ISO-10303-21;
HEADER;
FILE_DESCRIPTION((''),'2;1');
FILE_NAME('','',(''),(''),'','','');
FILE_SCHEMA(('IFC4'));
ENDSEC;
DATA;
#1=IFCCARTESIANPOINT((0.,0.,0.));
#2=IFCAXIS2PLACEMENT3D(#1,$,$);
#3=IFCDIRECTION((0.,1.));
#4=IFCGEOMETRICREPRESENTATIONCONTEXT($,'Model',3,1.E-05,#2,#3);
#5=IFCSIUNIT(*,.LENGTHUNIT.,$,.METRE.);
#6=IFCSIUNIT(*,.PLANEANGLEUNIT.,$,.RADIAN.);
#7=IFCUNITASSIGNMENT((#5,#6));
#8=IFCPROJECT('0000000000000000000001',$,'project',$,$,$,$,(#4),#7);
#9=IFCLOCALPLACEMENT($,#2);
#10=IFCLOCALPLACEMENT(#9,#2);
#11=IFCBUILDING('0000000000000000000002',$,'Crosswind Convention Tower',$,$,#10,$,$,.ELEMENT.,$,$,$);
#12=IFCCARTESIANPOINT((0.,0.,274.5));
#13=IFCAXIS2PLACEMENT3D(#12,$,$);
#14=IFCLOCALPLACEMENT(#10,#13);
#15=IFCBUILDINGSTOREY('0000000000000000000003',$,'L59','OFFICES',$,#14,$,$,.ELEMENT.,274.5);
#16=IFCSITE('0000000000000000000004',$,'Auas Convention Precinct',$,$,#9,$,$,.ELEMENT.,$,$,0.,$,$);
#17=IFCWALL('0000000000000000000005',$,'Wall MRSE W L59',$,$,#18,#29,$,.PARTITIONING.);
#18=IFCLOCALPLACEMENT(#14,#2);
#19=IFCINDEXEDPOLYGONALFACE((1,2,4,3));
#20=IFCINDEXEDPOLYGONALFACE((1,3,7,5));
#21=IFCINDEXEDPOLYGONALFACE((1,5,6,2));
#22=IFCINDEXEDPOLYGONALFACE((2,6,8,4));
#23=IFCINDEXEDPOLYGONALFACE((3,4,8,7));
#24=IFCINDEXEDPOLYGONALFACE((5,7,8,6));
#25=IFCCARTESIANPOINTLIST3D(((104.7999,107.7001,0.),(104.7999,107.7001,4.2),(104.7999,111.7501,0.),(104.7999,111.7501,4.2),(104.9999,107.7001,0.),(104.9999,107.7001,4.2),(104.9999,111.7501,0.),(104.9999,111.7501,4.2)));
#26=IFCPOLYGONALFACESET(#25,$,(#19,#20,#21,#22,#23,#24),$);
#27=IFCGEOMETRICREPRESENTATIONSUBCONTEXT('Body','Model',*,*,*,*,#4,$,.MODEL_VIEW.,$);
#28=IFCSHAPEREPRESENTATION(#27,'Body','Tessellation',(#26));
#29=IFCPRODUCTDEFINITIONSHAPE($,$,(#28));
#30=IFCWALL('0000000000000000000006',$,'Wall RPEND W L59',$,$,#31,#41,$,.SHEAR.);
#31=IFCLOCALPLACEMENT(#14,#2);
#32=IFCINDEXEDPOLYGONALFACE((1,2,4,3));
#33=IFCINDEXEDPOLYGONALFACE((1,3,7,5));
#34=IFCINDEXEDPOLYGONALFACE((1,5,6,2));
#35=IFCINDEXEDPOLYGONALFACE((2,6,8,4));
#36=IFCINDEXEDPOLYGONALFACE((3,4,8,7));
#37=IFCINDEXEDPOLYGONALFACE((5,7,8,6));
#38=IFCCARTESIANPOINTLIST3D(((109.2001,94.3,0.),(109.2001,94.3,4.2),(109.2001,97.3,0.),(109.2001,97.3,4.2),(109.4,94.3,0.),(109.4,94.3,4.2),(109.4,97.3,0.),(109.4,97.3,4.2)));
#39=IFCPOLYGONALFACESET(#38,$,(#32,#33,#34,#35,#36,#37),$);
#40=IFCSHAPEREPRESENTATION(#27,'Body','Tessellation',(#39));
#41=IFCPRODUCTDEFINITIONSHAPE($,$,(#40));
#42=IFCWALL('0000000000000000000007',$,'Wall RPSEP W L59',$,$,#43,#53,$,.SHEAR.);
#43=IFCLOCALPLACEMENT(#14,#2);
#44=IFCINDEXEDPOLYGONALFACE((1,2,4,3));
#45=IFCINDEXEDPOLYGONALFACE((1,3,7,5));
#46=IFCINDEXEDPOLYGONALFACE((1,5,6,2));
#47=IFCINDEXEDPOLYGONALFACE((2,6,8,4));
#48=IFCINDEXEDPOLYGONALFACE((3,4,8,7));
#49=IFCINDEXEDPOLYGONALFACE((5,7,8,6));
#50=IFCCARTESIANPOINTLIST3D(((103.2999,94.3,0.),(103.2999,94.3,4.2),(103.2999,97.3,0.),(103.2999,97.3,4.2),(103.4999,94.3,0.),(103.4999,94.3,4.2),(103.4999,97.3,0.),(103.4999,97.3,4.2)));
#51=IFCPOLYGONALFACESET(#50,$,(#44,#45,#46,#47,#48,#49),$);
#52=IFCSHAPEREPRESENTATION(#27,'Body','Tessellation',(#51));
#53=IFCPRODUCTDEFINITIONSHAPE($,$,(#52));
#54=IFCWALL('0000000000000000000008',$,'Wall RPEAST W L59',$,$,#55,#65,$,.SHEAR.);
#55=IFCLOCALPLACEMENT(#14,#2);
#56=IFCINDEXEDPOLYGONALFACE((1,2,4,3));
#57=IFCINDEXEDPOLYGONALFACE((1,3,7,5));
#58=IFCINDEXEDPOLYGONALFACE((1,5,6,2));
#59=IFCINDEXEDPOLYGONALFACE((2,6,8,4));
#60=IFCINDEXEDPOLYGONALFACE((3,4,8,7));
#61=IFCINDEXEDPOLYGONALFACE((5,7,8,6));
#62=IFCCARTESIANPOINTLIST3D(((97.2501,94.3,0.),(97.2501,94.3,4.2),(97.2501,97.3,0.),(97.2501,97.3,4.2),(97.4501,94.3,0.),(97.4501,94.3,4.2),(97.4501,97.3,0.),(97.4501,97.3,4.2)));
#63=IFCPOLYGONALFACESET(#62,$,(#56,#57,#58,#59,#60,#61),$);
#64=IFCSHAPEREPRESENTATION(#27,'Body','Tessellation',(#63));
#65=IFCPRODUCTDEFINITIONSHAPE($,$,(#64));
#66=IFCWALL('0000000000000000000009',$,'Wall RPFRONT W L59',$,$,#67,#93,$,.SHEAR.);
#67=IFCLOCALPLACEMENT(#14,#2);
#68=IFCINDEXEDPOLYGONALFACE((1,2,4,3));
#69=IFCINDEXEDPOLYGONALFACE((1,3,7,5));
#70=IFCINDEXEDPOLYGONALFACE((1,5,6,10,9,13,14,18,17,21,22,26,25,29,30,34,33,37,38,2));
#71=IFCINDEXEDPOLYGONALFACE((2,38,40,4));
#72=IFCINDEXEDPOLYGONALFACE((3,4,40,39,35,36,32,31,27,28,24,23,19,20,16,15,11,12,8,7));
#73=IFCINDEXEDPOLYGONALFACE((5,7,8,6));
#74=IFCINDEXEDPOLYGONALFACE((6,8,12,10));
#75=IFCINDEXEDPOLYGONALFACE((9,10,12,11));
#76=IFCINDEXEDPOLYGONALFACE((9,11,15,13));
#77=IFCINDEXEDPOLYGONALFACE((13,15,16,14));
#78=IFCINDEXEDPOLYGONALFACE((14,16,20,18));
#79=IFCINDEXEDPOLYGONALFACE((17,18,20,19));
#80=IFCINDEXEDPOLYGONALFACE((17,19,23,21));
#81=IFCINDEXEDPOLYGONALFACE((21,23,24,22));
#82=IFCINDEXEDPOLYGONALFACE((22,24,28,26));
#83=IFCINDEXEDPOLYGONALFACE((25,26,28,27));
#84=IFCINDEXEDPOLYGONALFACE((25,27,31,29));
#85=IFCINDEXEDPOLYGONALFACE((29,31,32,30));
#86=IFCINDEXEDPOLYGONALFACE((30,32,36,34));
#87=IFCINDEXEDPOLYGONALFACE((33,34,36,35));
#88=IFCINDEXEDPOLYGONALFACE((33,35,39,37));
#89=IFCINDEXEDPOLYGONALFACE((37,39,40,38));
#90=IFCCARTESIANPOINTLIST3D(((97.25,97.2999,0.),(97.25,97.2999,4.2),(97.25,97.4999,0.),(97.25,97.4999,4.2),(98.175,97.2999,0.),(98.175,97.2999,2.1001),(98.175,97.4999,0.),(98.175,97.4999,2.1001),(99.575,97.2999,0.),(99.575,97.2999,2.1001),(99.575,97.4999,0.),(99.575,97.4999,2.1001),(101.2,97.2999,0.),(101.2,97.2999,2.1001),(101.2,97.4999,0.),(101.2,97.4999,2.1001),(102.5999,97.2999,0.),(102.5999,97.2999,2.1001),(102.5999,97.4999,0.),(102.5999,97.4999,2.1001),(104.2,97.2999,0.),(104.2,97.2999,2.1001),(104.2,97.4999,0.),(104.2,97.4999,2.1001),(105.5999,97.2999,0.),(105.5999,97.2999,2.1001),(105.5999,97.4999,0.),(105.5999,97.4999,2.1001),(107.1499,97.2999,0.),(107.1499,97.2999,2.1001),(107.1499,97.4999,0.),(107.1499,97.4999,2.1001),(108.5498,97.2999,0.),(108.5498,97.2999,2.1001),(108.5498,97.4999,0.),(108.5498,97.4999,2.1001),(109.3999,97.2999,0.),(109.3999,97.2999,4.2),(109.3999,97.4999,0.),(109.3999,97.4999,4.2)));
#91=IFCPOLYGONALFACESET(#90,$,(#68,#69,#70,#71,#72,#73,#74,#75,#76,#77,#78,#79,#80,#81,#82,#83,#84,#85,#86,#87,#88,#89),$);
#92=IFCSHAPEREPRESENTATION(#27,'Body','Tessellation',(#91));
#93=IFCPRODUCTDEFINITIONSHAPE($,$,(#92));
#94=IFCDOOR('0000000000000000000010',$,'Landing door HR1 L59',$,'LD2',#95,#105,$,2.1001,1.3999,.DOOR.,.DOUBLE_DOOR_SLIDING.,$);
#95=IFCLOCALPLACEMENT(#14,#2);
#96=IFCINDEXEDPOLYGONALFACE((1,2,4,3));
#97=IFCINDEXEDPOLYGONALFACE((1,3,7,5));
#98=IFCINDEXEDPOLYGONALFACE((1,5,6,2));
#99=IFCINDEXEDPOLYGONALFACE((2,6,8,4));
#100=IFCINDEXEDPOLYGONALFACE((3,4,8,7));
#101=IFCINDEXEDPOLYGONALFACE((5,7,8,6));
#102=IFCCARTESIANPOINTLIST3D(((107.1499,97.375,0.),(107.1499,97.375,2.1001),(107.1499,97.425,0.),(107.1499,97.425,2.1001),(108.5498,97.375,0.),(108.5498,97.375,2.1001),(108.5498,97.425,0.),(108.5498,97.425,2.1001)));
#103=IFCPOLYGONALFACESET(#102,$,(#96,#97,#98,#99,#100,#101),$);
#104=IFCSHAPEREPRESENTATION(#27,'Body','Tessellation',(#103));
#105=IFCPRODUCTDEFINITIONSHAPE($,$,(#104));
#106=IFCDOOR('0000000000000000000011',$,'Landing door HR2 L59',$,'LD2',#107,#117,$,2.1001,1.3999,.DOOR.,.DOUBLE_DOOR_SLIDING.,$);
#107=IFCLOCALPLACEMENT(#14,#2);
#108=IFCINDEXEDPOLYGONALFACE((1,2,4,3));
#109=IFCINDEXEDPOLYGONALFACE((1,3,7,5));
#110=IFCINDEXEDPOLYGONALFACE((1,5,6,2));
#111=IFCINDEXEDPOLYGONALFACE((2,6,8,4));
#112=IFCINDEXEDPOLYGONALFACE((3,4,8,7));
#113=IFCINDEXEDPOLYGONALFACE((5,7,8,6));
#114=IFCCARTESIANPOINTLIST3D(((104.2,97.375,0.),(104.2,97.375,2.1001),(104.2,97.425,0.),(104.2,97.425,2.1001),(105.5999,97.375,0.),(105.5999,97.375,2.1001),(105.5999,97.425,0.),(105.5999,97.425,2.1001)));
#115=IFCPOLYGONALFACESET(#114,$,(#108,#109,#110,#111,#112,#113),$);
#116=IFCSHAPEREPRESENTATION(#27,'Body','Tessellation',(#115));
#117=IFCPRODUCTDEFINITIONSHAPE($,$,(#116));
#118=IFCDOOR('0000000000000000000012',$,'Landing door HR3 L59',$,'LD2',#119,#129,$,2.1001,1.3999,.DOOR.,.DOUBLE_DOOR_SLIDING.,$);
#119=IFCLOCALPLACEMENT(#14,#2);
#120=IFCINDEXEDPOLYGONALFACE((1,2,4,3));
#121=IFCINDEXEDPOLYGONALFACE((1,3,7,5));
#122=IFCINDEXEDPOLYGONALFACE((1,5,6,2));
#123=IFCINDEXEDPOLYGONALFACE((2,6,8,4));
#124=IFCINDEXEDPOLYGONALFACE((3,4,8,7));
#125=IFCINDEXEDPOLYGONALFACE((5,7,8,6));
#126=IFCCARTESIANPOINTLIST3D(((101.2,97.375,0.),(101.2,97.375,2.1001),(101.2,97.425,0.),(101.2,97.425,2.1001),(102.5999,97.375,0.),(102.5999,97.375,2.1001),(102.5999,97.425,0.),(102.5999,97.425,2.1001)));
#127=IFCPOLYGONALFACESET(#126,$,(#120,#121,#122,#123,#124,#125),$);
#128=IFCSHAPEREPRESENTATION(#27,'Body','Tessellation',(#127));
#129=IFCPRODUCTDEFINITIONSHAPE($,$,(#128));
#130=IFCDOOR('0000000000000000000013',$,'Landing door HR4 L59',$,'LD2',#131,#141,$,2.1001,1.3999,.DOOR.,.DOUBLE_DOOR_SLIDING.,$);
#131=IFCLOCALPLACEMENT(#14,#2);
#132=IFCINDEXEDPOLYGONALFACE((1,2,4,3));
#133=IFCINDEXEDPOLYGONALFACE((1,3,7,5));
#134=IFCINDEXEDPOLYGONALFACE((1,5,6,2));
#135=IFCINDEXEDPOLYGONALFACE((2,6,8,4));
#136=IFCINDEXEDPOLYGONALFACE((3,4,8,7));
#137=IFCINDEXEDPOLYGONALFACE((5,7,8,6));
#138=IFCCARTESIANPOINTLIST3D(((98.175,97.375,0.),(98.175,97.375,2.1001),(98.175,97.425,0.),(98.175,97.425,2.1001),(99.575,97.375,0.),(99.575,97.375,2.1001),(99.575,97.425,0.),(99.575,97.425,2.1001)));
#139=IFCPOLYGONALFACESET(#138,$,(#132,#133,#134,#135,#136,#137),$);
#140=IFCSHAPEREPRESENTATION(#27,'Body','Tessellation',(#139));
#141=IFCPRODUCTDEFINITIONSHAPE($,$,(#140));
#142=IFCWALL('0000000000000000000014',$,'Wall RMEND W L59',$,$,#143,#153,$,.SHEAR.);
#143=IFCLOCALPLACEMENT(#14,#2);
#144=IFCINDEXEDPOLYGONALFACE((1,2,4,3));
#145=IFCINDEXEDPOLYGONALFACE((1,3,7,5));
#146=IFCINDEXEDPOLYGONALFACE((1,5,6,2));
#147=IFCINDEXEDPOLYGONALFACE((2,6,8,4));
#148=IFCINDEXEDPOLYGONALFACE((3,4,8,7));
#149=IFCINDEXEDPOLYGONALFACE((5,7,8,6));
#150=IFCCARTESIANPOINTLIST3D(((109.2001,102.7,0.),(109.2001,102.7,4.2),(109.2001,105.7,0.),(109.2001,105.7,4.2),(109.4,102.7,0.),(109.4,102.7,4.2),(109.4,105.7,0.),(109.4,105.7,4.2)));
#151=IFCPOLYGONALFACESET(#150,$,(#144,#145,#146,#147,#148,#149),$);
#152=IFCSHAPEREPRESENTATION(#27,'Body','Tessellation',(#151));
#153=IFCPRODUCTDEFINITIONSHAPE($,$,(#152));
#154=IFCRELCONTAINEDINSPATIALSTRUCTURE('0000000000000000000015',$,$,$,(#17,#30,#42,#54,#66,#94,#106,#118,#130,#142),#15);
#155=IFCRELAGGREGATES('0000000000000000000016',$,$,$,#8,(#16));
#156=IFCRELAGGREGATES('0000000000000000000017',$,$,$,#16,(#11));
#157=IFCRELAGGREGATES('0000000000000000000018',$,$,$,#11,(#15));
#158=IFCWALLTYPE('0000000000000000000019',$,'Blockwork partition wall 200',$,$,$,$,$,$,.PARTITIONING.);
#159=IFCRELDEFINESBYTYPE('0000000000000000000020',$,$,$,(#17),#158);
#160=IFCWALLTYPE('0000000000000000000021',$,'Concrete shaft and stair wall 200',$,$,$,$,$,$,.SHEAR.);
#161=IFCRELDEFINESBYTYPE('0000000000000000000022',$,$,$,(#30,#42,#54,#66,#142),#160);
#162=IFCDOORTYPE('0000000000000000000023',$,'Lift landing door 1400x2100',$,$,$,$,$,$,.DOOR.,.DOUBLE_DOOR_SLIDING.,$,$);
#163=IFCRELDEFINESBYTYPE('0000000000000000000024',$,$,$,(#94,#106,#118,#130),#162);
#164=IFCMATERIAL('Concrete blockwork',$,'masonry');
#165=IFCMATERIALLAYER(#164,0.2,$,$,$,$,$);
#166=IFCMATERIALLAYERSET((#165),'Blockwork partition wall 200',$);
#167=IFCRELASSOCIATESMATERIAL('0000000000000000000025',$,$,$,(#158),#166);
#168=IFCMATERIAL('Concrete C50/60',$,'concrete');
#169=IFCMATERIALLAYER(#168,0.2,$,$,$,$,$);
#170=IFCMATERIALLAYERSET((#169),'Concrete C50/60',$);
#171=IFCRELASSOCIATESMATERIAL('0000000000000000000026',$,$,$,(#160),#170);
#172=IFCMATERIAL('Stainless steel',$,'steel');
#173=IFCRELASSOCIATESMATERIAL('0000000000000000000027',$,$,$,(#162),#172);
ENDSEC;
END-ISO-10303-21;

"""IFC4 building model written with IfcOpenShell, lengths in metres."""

from ifc_helpers import new_model, si_unit, direction, frame, frame_2d, origin, place, context, subcontext, project, spatial, rectangle, extrude, material, layer, layer_set, type_object, element, fill, save


model = new_model("IFC4")

# Units and contexts
model_context = context("Model", 3, precision=1e-05, world=origin(), true_north=direction((0.0, 1.0)))
body_context = subcontext(model_context, "Body", "Model", "MODEL_VIEW")
ifc_project = project(units=[si_unit("LENGTHUNIT", "METRE"), si_unit("PLANEANGLEUNIT", "RADIAN")], contexts=[model_context])

# Site, building, storey
site_placement = place(None, origin())
site = spatial("IfcSite", under=ifc_project, at=site_placement, Name="Auas Convention Precinct", CompositionType="ELEMENT", RefElevation=0.0)
building_placement = place(site_placement, origin())
building = spatial("IfcBuilding", under=site, at=building_placement, Name="Crosswind Convention Tower", CompositionType="ELEMENT")
storey_placement = place(building_placement, frame((0.0, 0.0, 274.5)))
storey = spatial("IfcBuildingStorey", under=building, at=storey_placement, Name="L59", Description="OFFICES", CompositionType="ELEMENT", Elevation=274.5)

# Walls
ifc_material_1 = material(Name="Concrete blockwork", Category="masonry")
ifc_layer_1 = layer(ifc_material_1, 0.2)
ifc_layer_set_1 = layer_set([ifc_layer_1], Name="Blockwork partition wall 200")
wall_type_1 = type_object("IfcWallType", Name="Blockwork partition wall 200", PredefinedType="PARTITIONING", material=ifc_layer_set_1)
wall_1_placement = place(storey_placement, frame((104.8999, 111.75, 0.0), z_axis=(0.0, 0.0, 1.0), x_axis=(0.0, -1.0, 0.0)))
element("IfcWall", 1, at=wall_1_placement, inside=storey, type_object=wall_type_1, Name="Wall MRSE W L59", PredefinedType="PARTITIONING", context=body_context, shape_type="SweptSolid", body=[
    extrude(rectangle(XDim=4.05, YDim=0.2, at=frame_2d((2.0249, 0.0))), origin(), (0.0, 0.0, 1.0), 4.2),
])
ifc_material_2 = material(Name="Concrete C50/60", Category="concrete")
ifc_layer_2 = layer(ifc_material_2, 0.2)
ifc_layer_set_2 = layer_set([ifc_layer_2], Name="Concrete C50/60")
wall_type_2 = type_object("IfcWallType", Name="Concrete shaft and stair wall 200", PredefinedType="SHEAR", material=ifc_layer_set_2)
for number, where, z_axis, x_axis, name in (
    (2, (109.3, 97.3, 0.0), (0.0, 0.0, 1.0), (0.0, -1.0, 0.0), "Wall RPEND W L59"),
    (3, (103.3999, 97.3, 0.0), (0.0, 0.0, 1.0), (0.0, -1.0, 0.0), "Wall RPSEP W L59"),
    (4, (97.3501, 97.3, 0.0), (0.0, 0.0, 1.0), (0.0, -1.0, 0.0), "Wall RPEAST W L59"),
):
    element("IfcWall", number, at=place(storey_placement, frame(where, z_axis=z_axis, x_axis=x_axis)), inside=storey, type_object=wall_type_2, Name=name, PredefinedType="SHEAR", context=body_context, shape_type="SweptSolid", body=[
        extrude(rectangle(XDim=3.0, YDim=0.2, at=frame_2d((1.5, 0.0))), origin(), (0.0, 0.0, 1.0), 4.2),
    ])

# Wall, openings, doors
wall_2_placement = place(storey_placement, frame((109.3999, 97.3999, 0.0), z_axis=(0.0, 0.0, 1.0), x_axis=(-1.0, 0.0, 0.0)))
wall_2 = element("IfcWall", 5, at=wall_2_placement, inside=storey, type_object=wall_type_2, Name="Wall RPFRONT W L59", PredefinedType="SHEAR", context=body_context, shape_type="SweptSolid", body=[
    extrude(rectangle(XDim=12.1499, YDim=0.2, at=frame_2d((6.075, 0.0))), origin(), (0.0, 0.0, 1.0), 4.2),
])
opening_1_placement = place(wall_2_placement, frame((0.8501, 0.0, 0.0)))
opening_1 = element("IfcOpeningElement", 6, at=opening_1_placement, cuts=wall_2, PredefinedType="OPENING", context=body_context, shape_type="SweptSolid", body=[
    extrude(rectangle(XDim=1.3999, YDim=2.1001, at=frame_2d((0.7, 1.05))), frame((0.0, 0.1099, 0.0), z_axis=(0.0, -1.0, 0.0), x_axis=(1.0, 0.0, 0.0)), (0.0, 0.0, 1.0), 0.22),
])
opening_2_placement = place(wall_2_placement, frame((3.8, 0.0, 0.0)))
opening_2 = element("IfcOpeningElement", 7, at=opening_2_placement, cuts=wall_2, PredefinedType="OPENING", context=body_context, shape_type="SweptSolid", body=[
    extrude(rectangle(XDim=1.3999, YDim=2.1001, at=frame_2d((0.7, 1.05))), frame((0.0, 0.1099, 0.0), z_axis=(0.0, -1.0, 0.0), x_axis=(1.0, 0.0, 0.0)), (0.0, 0.0, 1.0), 0.22),
])
opening_3_placement = place(wall_2_placement, frame((6.8, 0.0, 0.0)))
opening_3 = element("IfcOpeningElement", 8, at=opening_3_placement, cuts=wall_2, PredefinedType="OPENING", context=body_context, shape_type="SweptSolid", body=[
    extrude(rectangle(XDim=1.3999, YDim=2.1001, at=frame_2d((0.7, 1.05))), frame((0.0, 0.1099, 0.0), z_axis=(0.0, -1.0, 0.0), x_axis=(1.0, 0.0, 0.0)), (0.0, 0.0, 1.0), 0.22),
])
opening_4_placement = place(wall_2_placement, frame((9.825, 0.0, 0.0)))
opening_4 = element("IfcOpeningElement", 9, at=opening_4_placement, cuts=wall_2, PredefinedType="OPENING", context=body_context, shape_type="SweptSolid", body=[
    extrude(rectangle(XDim=1.3999, YDim=2.1001, at=frame_2d((0.7, 1.05))), frame((0.0, 0.1099, 0.0), z_axis=(0.0, -1.0, 0.0), x_axis=(1.0, 0.0, 0.0)), (0.0, 0.0, 1.0), 0.22),
])
ifc_material_3 = material(Name="Stainless steel", Category="steel")
door_type_1 = type_object("IfcDoorType", Name="Lift landing door 1400x2100", OperationType="DOUBLE_DOOR_SLIDING", PredefinedType="DOOR", material=ifc_material_3)
door_1_placement = place(opening_1_placement, origin())
door_1 = element("IfcDoor", 10, at=door_1_placement, inside=storey, type_object=door_type_1, Name="Landing door HR1 L59", ObjectType="LD2", OperationType="DOUBLE_DOOR_SLIDING", OverallHeight=2.1001, OverallWidth=1.3999, PredefinedType="DOOR", context=body_context, shape_type="SweptSolid", body=[
    extrude(rectangle(XDim=1.3999, YDim=2.1001, at=frame_2d((0.7, 1.05))), frame((0.0, 0.0249, 0.0), z_axis=(0.0, -1.0, 0.0), x_axis=(1.0, 0.0, 0.0)), (0.0, 0.0, 1.0), 0.05),
])
fill(opening_1, door_1)
door_2_placement = place(opening_2_placement, origin())
door_2 = element("IfcDoor", 11, at=door_2_placement, inside=storey, type_object=door_type_1, Name="Landing door HR2 L59", ObjectType="LD2", OperationType="DOUBLE_DOOR_SLIDING", OverallHeight=2.1001, OverallWidth=1.3999, PredefinedType="DOOR", context=body_context, shape_type="SweptSolid", body=[
    extrude(rectangle(XDim=1.3999, YDim=2.1001, at=frame_2d((0.7, 1.05))), frame((0.0, 0.0249, 0.0), z_axis=(0.0, -1.0, 0.0), x_axis=(1.0, 0.0, 0.0)), (0.0, 0.0, 1.0), 0.05),
])
fill(opening_2, door_2)
door_3_placement = place(opening_3_placement, origin())
door_3 = element("IfcDoor", 12, at=door_3_placement, inside=storey, type_object=door_type_1, Name="Landing door HR3 L59", ObjectType="LD2", OperationType="DOUBLE_DOOR_SLIDING", OverallHeight=2.1001, OverallWidth=1.3999, PredefinedType="DOOR", context=body_context, shape_type="SweptSolid", body=[
    extrude(rectangle(XDim=1.3999, YDim=2.1001, at=frame_2d((0.7, 1.05))), frame((0.0, 0.0249, 0.0), z_axis=(0.0, -1.0, 0.0), x_axis=(1.0, 0.0, 0.0)), (0.0, 0.0, 1.0), 0.05),
])
fill(opening_3, door_3)
door_4_placement = place(opening_4_placement, origin())
door_4 = element("IfcDoor", 13, at=door_4_placement, inside=storey, type_object=door_type_1, Name="Landing door HR4 L59", ObjectType="LD2", OperationType="DOUBLE_DOOR_SLIDING", OverallHeight=2.1001, OverallWidth=1.3999, PredefinedType="DOOR", context=body_context, shape_type="SweptSolid", body=[
    extrude(rectangle(XDim=1.3999, YDim=2.1001, at=frame_2d((0.7, 1.05))), frame((0.0, 0.0249, 0.0), z_axis=(0.0, -1.0, 0.0), x_axis=(1.0, 0.0, 0.0)), (0.0, 0.0, 1.0), 0.05),
])
fill(opening_4, door_4)

# Wall
wall_3_placement = place(storey_placement, frame((109.3, 105.7, 0.0), z_axis=(0.0, 0.0, 1.0), x_axis=(0.0, -1.0, 0.0)))
element("IfcWall", 14, at=wall_3_placement, inside=storey, type_object=wall_type_2, Name="Wall RMEND W L59", PredefinedType="SHEAR", context=body_context, shape_type="SweptSolid", body=[
    extrude(rectangle(XDim=3.0, YDim=0.2, at=frame_2d((1.5, 0.0))), origin(), (0.0, 0.0, 1.0), 4.2),
])

save(model, "model.ifc")
